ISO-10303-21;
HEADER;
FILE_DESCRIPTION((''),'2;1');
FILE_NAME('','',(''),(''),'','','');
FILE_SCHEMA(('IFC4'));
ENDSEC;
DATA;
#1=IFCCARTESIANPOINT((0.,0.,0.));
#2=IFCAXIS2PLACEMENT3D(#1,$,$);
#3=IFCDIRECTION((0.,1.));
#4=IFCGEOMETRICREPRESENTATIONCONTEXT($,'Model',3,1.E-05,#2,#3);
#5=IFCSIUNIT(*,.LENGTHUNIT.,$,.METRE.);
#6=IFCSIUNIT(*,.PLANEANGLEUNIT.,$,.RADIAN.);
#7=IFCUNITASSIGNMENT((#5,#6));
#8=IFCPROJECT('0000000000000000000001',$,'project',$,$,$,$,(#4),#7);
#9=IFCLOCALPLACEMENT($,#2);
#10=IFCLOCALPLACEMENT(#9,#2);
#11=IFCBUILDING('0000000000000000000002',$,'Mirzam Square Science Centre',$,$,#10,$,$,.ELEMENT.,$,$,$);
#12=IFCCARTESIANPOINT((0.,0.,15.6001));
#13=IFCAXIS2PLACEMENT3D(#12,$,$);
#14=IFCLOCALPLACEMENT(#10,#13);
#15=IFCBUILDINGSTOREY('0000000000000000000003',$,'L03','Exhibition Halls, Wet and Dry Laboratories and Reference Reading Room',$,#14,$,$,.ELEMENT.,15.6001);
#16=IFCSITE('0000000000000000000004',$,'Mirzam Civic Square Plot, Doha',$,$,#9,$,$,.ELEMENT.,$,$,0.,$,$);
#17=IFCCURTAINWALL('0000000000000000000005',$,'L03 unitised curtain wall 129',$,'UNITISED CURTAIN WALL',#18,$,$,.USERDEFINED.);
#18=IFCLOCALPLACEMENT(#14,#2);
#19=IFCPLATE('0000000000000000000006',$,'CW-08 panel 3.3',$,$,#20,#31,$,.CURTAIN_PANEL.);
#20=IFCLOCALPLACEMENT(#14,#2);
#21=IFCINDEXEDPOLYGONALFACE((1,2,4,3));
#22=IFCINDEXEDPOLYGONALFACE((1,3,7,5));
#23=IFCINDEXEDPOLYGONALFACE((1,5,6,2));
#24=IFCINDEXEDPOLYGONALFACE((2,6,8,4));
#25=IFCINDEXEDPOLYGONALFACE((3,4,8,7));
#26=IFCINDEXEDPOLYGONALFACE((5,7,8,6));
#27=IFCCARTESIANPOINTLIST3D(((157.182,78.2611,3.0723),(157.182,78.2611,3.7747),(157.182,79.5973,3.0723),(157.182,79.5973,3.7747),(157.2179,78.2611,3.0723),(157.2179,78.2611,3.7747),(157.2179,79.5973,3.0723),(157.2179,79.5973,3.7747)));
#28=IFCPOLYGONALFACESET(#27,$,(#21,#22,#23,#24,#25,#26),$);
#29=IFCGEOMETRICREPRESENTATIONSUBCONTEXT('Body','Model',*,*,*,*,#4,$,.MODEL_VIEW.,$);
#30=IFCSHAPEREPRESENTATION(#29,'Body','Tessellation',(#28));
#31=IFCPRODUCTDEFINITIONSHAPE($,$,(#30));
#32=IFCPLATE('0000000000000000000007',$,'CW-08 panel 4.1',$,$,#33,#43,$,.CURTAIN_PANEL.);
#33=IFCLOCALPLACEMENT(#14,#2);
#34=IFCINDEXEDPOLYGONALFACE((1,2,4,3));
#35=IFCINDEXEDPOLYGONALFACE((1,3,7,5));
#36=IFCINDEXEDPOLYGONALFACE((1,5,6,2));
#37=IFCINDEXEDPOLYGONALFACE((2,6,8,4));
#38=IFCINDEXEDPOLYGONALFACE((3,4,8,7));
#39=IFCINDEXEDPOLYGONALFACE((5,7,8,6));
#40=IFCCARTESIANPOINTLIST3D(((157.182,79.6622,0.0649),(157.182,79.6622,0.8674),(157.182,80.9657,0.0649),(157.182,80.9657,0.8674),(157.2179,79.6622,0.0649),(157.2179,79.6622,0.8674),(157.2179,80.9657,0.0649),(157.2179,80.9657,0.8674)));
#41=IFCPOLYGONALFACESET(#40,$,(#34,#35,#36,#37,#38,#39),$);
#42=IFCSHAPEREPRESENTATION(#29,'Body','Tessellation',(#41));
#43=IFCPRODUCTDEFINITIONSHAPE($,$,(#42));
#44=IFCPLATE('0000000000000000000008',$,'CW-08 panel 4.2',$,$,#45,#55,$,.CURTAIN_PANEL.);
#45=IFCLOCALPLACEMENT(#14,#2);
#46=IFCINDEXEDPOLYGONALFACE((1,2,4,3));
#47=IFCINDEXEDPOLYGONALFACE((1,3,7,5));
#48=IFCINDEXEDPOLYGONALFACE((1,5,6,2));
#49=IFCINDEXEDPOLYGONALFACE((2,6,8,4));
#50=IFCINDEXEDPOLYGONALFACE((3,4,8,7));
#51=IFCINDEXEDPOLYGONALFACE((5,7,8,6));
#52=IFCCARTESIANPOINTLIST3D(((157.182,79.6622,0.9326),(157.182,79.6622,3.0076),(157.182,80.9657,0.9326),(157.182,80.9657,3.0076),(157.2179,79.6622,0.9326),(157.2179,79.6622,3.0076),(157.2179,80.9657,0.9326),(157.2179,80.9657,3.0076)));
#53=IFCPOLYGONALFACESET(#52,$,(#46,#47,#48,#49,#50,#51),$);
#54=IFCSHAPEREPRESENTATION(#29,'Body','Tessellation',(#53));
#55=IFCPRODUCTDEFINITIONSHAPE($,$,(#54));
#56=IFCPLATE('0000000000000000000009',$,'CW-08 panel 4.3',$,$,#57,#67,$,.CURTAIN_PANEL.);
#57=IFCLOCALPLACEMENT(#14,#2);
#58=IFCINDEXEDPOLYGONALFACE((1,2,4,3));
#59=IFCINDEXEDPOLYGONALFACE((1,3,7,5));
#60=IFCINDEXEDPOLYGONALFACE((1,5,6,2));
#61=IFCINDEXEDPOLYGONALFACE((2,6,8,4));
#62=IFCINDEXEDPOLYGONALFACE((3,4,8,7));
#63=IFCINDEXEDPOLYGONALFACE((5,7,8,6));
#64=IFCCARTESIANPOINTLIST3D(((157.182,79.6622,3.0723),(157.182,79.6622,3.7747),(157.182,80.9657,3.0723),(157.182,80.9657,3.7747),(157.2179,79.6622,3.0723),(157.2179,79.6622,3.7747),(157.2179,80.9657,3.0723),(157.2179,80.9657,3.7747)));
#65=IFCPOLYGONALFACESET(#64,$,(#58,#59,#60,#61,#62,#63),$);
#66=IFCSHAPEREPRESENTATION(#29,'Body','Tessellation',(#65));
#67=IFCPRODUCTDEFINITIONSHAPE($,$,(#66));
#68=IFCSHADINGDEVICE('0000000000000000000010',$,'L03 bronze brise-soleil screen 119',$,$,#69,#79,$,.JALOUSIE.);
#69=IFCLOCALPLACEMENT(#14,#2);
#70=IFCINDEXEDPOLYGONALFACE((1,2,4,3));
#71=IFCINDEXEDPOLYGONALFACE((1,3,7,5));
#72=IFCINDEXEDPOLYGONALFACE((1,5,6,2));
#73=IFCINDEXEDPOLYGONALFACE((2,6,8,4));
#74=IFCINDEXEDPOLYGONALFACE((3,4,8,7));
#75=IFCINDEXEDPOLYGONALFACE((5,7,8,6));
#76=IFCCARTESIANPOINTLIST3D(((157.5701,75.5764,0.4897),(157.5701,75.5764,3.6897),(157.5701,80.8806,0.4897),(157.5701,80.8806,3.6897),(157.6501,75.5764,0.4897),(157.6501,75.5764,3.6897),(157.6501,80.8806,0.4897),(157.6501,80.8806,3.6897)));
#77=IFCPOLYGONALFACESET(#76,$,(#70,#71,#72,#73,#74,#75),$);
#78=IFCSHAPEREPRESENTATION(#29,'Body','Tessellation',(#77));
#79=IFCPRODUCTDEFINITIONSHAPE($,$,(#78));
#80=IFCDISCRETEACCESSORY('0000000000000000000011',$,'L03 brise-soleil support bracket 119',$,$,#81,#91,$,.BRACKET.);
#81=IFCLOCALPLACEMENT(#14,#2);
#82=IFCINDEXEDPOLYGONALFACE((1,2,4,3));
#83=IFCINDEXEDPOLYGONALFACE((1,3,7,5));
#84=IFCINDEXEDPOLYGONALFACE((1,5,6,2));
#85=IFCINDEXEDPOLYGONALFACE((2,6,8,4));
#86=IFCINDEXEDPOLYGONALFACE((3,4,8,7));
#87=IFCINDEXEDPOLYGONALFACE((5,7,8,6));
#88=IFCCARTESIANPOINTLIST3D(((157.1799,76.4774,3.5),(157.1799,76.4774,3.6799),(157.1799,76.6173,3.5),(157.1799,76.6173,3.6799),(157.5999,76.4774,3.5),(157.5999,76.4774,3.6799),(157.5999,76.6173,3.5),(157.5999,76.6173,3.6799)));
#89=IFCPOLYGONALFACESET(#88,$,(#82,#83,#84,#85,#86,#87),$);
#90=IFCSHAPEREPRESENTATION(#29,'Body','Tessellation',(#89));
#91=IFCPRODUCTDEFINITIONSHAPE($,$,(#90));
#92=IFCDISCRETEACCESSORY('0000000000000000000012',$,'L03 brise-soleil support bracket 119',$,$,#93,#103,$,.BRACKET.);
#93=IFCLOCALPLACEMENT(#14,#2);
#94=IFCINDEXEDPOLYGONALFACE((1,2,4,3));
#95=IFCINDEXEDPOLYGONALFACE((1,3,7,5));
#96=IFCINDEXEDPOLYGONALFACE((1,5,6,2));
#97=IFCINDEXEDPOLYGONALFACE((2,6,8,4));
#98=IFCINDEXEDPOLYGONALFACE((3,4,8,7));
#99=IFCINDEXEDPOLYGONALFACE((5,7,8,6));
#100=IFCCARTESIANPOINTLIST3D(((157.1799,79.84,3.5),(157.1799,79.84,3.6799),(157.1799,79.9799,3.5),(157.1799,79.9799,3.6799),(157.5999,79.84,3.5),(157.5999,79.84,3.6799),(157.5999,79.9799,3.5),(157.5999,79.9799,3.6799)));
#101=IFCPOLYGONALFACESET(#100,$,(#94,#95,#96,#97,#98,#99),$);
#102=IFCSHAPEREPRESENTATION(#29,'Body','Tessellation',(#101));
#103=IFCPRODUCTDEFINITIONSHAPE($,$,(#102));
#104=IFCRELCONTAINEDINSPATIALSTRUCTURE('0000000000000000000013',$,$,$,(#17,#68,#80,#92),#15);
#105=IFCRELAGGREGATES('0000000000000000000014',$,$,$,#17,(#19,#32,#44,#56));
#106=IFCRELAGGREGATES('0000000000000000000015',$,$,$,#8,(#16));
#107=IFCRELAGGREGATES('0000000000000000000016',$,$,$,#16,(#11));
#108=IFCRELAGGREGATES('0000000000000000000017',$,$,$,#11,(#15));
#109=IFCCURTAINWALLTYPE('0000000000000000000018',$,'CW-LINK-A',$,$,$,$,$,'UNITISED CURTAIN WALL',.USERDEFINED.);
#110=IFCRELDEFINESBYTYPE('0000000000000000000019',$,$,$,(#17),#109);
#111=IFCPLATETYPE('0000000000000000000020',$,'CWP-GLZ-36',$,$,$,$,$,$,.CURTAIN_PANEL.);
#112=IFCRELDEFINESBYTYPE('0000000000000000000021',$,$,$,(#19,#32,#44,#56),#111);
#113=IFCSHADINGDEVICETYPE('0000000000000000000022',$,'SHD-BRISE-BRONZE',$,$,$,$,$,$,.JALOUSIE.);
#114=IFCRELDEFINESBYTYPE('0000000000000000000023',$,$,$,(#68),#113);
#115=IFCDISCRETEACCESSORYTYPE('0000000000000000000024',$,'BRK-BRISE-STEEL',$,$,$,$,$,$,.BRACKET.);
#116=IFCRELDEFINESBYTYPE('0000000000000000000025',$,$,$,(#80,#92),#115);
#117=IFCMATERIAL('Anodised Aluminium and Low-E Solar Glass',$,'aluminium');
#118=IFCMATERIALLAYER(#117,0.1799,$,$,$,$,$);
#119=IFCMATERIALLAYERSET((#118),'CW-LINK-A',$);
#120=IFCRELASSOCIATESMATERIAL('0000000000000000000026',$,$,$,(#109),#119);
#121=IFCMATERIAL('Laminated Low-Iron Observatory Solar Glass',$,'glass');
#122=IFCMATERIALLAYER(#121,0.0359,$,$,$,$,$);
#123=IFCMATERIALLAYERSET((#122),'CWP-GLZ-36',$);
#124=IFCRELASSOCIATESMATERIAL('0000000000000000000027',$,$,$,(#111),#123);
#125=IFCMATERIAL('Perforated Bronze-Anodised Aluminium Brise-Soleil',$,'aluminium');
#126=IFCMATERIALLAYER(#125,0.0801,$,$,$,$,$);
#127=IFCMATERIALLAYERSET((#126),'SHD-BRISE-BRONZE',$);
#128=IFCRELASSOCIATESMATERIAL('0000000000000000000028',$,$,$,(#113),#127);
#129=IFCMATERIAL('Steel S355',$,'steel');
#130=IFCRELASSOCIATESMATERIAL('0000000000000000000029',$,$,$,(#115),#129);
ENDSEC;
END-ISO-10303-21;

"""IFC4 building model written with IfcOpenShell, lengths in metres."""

from ifc_helpers import new_model, si_unit, direction, frame, origin, origin_2d, place, context, subcontext, project, spatial, rectangle, extrude, material, layer, layer_set, type_object, element, aggregate, save


model = new_model("IFC4")

# Units and contexts
model_context = context("Model", 3, precision=1e-05, world=origin(), true_north=direction((0.0, 1.0)))
body_context = subcontext(model_context, "Body", "Model", "MODEL_VIEW")
ifc_project = project(units=[si_unit("LENGTHUNIT", "METRE"), si_unit("PLANEANGLEUNIT", "RADIAN")], contexts=[model_context])

# Site, building, storey
site_placement = place(None, origin())
site = spatial("IfcSite", under=ifc_project, at=site_placement, Name="Mirzam Civic Square Plot, Doha", CompositionType="ELEMENT", RefElevation=0.0)
building_placement = place(site_placement, origin())
building = spatial("IfcBuilding", under=site, at=building_placement, Name="Mirzam Square Science Centre", CompositionType="ELEMENT")
storey_placement = place(building_placement, frame((0.0, 0.0, 15.6001)))
storey = spatial("IfcBuildingStorey", under=building, at=storey_placement, Name="L03", Description="Exhibition Halls, Wet and Dry Laboratories and Reference Reading Room", CompositionType="ELEMENT", Elevation=15.6001)

# Shared definitions
ifc_material_1 = material(Name="Steel S355", Category="steel")

# Curtain wall
ifc_material_2 = material(Name="Anodised Aluminium and Low-E Solar Glass", Category="aluminium")
ifc_layer_1 = layer(ifc_material_2, 0.1799)
ifc_layer_set_1 = layer_set([ifc_layer_1], Name="CW-LINK-A")
curtain_wall_type = type_object("IfcCurtainWallType", Name="CW-LINK-A", ElementType="UNITISED CURTAIN WALL", PredefinedType="USERDEFINED", material=ifc_layer_set_1)
curtain_wall_placement = place(storey_placement, origin())
curtain_wall = element("IfcCurtainWall", 1, at=curtain_wall_placement, inside=storey, type_object=curtain_wall_type, Name="L03 unitised curtain wall 129", ObjectType="UNITISED CURTAIN WALL", PredefinedType="USERDEFINED")

# Plates
ifc_material_3 = material(Name="Laminated Low-Iron Observatory Solar Glass", Category="glass")
ifc_layer_2 = layer(ifc_material_3, 0.0359)
ifc_layer_set_2 = layer_set([ifc_layer_2], Name="CWP-GLZ-36")
plate_type = type_object("IfcPlateType", Name="CWP-GLZ-36", PredefinedType="CURTAIN_PANEL", material=ifc_layer_set_2)
plate_1_placement = place(storey_placement, frame((157.2, 78.9292, 3.0723), z_axis=(0.0, 0.0, 1.0), x_axis=(0.0, 1.0, 0.0)))
plate_1 = element("IfcPlate", 2, at=plate_1_placement, type_object=plate_type, Name="CW-08 panel 3.3", PredefinedType="CURTAIN_PANEL", context=body_context, shape_type="SweptSolid", body=[
    extrude(rectangle(XDim=1.3362, YDim=0.0359, at=origin_2d()), origin(), (0.0, 0.0, 1.0), 0.7024),
])
plate_2_placement = place(storey_placement, frame((157.2, 80.314, 0.0649), z_axis=(0.0, 0.0, 1.0), x_axis=(0.0, 1.0, 0.0)))
plate_2 = element("IfcPlate", 3, at=plate_2_placement, type_object=plate_type, Name="CW-08 panel 4.1", PredefinedType="CURTAIN_PANEL", context=body_context, shape_type="SweptSolid", body=[
    extrude(rectangle(XDim=1.3035, YDim=0.0359, at=origin_2d()), origin(), (0.0, 0.0, 1.0), 0.8025),
])
plate_3_placement = place(storey_placement, frame((157.2, 80.314, 0.9326), z_axis=(0.0, 0.0, 1.0), x_axis=(0.0, 1.0, 0.0)))
plate_3 = element("IfcPlate", 4, at=plate_3_placement, type_object=plate_type, Name="CW-08 panel 4.2", PredefinedType="CURTAIN_PANEL", context=body_context, shape_type="SweptSolid", body=[
    extrude(rectangle(XDim=1.3035, YDim=0.0359, at=origin_2d()), origin(), (0.0, 0.0, 1.0), 2.075),
])
plate_4_placement = place(storey_placement, frame((157.2, 80.314, 3.0723), z_axis=(0.0, 0.0, 1.0), x_axis=(0.0, 1.0, 0.0)))
plate_4 = element("IfcPlate", 5, at=plate_4_placement, type_object=plate_type, Name="CW-08 panel 4.3", PredefinedType="CURTAIN_PANEL", context=body_context, shape_type="SweptSolid", body=[
    extrude(rectangle(XDim=1.3035, YDim=0.0359, at=origin_2d()), origin(), (0.0, 0.0, 1.0), 0.7024),
])
aggregate(curtain_wall, [plate_1, plate_2, plate_3, plate_4])

# Shading device
ifc_material_4 = material(Name="Perforated Bronze-Anodised Aluminium Brise-Soleil", Category="aluminium")
ifc_layer_3 = layer(ifc_material_4, 0.0801)
ifc_layer_set_3 = layer_set([ifc_layer_3], Name="SHD-BRISE-BRONZE")
shading_device_type = type_object("IfcShadingDeviceType", Name="SHD-BRISE-BRONZE", PredefinedType="JALOUSIE", material=ifc_layer_set_3)
shading_device_placement = place(storey_placement, frame((157.6101, 78.2285, 0.4897), z_axis=(0.0, 0.0, 1.0), x_axis=(0.0, 1.0, 0.0)))
element("IfcShadingDevice", 6, at=shading_device_placement, inside=storey, type_object=shading_device_type, Name="L03 bronze brise-soleil screen 119", PredefinedType="JALOUSIE", context=body_context, shape_type="SweptSolid", body=[
    extrude(rectangle(XDim=5.3042, YDim=0.0801, at=origin_2d()), origin(), (0.0, 0.0, 1.0), 3.2),
])

# Discrete accessories
discrete_accessory_type = type_object("IfcDiscreteAccessoryType", Name="BRK-BRISE-STEEL", PredefinedType="BRACKET", material=ifc_material_1)
for number, where, z_axis, x_axis, name in (
    (7, (157.3899, 76.5474, 3.5), (0.0, 0.0, 1.0), (0.0, 1.0, 0.0), "L03 brise-soleil support bracket 119"),
    (8, (157.3899, 79.9099, 3.5), (0.0, 0.0, 1.0), (0.0, 1.0, 0.0), "L03 brise-soleil support bracket 119"),
):
    element("IfcDiscreteAccessory", number, at=place(storey_placement, frame(where, z_axis=z_axis, x_axis=x_axis)), inside=storey, type_object=discrete_accessory_type, Name=name, PredefinedType="BRACKET", context=body_context, shape_type="SweptSolid", body=[
        extrude(rectangle(XDim=0.1399, YDim=0.4199, at=origin_2d()), origin(), (0.0, 0.0, 1.0), 0.1799),
    ])

save(model, "model.ifc")
